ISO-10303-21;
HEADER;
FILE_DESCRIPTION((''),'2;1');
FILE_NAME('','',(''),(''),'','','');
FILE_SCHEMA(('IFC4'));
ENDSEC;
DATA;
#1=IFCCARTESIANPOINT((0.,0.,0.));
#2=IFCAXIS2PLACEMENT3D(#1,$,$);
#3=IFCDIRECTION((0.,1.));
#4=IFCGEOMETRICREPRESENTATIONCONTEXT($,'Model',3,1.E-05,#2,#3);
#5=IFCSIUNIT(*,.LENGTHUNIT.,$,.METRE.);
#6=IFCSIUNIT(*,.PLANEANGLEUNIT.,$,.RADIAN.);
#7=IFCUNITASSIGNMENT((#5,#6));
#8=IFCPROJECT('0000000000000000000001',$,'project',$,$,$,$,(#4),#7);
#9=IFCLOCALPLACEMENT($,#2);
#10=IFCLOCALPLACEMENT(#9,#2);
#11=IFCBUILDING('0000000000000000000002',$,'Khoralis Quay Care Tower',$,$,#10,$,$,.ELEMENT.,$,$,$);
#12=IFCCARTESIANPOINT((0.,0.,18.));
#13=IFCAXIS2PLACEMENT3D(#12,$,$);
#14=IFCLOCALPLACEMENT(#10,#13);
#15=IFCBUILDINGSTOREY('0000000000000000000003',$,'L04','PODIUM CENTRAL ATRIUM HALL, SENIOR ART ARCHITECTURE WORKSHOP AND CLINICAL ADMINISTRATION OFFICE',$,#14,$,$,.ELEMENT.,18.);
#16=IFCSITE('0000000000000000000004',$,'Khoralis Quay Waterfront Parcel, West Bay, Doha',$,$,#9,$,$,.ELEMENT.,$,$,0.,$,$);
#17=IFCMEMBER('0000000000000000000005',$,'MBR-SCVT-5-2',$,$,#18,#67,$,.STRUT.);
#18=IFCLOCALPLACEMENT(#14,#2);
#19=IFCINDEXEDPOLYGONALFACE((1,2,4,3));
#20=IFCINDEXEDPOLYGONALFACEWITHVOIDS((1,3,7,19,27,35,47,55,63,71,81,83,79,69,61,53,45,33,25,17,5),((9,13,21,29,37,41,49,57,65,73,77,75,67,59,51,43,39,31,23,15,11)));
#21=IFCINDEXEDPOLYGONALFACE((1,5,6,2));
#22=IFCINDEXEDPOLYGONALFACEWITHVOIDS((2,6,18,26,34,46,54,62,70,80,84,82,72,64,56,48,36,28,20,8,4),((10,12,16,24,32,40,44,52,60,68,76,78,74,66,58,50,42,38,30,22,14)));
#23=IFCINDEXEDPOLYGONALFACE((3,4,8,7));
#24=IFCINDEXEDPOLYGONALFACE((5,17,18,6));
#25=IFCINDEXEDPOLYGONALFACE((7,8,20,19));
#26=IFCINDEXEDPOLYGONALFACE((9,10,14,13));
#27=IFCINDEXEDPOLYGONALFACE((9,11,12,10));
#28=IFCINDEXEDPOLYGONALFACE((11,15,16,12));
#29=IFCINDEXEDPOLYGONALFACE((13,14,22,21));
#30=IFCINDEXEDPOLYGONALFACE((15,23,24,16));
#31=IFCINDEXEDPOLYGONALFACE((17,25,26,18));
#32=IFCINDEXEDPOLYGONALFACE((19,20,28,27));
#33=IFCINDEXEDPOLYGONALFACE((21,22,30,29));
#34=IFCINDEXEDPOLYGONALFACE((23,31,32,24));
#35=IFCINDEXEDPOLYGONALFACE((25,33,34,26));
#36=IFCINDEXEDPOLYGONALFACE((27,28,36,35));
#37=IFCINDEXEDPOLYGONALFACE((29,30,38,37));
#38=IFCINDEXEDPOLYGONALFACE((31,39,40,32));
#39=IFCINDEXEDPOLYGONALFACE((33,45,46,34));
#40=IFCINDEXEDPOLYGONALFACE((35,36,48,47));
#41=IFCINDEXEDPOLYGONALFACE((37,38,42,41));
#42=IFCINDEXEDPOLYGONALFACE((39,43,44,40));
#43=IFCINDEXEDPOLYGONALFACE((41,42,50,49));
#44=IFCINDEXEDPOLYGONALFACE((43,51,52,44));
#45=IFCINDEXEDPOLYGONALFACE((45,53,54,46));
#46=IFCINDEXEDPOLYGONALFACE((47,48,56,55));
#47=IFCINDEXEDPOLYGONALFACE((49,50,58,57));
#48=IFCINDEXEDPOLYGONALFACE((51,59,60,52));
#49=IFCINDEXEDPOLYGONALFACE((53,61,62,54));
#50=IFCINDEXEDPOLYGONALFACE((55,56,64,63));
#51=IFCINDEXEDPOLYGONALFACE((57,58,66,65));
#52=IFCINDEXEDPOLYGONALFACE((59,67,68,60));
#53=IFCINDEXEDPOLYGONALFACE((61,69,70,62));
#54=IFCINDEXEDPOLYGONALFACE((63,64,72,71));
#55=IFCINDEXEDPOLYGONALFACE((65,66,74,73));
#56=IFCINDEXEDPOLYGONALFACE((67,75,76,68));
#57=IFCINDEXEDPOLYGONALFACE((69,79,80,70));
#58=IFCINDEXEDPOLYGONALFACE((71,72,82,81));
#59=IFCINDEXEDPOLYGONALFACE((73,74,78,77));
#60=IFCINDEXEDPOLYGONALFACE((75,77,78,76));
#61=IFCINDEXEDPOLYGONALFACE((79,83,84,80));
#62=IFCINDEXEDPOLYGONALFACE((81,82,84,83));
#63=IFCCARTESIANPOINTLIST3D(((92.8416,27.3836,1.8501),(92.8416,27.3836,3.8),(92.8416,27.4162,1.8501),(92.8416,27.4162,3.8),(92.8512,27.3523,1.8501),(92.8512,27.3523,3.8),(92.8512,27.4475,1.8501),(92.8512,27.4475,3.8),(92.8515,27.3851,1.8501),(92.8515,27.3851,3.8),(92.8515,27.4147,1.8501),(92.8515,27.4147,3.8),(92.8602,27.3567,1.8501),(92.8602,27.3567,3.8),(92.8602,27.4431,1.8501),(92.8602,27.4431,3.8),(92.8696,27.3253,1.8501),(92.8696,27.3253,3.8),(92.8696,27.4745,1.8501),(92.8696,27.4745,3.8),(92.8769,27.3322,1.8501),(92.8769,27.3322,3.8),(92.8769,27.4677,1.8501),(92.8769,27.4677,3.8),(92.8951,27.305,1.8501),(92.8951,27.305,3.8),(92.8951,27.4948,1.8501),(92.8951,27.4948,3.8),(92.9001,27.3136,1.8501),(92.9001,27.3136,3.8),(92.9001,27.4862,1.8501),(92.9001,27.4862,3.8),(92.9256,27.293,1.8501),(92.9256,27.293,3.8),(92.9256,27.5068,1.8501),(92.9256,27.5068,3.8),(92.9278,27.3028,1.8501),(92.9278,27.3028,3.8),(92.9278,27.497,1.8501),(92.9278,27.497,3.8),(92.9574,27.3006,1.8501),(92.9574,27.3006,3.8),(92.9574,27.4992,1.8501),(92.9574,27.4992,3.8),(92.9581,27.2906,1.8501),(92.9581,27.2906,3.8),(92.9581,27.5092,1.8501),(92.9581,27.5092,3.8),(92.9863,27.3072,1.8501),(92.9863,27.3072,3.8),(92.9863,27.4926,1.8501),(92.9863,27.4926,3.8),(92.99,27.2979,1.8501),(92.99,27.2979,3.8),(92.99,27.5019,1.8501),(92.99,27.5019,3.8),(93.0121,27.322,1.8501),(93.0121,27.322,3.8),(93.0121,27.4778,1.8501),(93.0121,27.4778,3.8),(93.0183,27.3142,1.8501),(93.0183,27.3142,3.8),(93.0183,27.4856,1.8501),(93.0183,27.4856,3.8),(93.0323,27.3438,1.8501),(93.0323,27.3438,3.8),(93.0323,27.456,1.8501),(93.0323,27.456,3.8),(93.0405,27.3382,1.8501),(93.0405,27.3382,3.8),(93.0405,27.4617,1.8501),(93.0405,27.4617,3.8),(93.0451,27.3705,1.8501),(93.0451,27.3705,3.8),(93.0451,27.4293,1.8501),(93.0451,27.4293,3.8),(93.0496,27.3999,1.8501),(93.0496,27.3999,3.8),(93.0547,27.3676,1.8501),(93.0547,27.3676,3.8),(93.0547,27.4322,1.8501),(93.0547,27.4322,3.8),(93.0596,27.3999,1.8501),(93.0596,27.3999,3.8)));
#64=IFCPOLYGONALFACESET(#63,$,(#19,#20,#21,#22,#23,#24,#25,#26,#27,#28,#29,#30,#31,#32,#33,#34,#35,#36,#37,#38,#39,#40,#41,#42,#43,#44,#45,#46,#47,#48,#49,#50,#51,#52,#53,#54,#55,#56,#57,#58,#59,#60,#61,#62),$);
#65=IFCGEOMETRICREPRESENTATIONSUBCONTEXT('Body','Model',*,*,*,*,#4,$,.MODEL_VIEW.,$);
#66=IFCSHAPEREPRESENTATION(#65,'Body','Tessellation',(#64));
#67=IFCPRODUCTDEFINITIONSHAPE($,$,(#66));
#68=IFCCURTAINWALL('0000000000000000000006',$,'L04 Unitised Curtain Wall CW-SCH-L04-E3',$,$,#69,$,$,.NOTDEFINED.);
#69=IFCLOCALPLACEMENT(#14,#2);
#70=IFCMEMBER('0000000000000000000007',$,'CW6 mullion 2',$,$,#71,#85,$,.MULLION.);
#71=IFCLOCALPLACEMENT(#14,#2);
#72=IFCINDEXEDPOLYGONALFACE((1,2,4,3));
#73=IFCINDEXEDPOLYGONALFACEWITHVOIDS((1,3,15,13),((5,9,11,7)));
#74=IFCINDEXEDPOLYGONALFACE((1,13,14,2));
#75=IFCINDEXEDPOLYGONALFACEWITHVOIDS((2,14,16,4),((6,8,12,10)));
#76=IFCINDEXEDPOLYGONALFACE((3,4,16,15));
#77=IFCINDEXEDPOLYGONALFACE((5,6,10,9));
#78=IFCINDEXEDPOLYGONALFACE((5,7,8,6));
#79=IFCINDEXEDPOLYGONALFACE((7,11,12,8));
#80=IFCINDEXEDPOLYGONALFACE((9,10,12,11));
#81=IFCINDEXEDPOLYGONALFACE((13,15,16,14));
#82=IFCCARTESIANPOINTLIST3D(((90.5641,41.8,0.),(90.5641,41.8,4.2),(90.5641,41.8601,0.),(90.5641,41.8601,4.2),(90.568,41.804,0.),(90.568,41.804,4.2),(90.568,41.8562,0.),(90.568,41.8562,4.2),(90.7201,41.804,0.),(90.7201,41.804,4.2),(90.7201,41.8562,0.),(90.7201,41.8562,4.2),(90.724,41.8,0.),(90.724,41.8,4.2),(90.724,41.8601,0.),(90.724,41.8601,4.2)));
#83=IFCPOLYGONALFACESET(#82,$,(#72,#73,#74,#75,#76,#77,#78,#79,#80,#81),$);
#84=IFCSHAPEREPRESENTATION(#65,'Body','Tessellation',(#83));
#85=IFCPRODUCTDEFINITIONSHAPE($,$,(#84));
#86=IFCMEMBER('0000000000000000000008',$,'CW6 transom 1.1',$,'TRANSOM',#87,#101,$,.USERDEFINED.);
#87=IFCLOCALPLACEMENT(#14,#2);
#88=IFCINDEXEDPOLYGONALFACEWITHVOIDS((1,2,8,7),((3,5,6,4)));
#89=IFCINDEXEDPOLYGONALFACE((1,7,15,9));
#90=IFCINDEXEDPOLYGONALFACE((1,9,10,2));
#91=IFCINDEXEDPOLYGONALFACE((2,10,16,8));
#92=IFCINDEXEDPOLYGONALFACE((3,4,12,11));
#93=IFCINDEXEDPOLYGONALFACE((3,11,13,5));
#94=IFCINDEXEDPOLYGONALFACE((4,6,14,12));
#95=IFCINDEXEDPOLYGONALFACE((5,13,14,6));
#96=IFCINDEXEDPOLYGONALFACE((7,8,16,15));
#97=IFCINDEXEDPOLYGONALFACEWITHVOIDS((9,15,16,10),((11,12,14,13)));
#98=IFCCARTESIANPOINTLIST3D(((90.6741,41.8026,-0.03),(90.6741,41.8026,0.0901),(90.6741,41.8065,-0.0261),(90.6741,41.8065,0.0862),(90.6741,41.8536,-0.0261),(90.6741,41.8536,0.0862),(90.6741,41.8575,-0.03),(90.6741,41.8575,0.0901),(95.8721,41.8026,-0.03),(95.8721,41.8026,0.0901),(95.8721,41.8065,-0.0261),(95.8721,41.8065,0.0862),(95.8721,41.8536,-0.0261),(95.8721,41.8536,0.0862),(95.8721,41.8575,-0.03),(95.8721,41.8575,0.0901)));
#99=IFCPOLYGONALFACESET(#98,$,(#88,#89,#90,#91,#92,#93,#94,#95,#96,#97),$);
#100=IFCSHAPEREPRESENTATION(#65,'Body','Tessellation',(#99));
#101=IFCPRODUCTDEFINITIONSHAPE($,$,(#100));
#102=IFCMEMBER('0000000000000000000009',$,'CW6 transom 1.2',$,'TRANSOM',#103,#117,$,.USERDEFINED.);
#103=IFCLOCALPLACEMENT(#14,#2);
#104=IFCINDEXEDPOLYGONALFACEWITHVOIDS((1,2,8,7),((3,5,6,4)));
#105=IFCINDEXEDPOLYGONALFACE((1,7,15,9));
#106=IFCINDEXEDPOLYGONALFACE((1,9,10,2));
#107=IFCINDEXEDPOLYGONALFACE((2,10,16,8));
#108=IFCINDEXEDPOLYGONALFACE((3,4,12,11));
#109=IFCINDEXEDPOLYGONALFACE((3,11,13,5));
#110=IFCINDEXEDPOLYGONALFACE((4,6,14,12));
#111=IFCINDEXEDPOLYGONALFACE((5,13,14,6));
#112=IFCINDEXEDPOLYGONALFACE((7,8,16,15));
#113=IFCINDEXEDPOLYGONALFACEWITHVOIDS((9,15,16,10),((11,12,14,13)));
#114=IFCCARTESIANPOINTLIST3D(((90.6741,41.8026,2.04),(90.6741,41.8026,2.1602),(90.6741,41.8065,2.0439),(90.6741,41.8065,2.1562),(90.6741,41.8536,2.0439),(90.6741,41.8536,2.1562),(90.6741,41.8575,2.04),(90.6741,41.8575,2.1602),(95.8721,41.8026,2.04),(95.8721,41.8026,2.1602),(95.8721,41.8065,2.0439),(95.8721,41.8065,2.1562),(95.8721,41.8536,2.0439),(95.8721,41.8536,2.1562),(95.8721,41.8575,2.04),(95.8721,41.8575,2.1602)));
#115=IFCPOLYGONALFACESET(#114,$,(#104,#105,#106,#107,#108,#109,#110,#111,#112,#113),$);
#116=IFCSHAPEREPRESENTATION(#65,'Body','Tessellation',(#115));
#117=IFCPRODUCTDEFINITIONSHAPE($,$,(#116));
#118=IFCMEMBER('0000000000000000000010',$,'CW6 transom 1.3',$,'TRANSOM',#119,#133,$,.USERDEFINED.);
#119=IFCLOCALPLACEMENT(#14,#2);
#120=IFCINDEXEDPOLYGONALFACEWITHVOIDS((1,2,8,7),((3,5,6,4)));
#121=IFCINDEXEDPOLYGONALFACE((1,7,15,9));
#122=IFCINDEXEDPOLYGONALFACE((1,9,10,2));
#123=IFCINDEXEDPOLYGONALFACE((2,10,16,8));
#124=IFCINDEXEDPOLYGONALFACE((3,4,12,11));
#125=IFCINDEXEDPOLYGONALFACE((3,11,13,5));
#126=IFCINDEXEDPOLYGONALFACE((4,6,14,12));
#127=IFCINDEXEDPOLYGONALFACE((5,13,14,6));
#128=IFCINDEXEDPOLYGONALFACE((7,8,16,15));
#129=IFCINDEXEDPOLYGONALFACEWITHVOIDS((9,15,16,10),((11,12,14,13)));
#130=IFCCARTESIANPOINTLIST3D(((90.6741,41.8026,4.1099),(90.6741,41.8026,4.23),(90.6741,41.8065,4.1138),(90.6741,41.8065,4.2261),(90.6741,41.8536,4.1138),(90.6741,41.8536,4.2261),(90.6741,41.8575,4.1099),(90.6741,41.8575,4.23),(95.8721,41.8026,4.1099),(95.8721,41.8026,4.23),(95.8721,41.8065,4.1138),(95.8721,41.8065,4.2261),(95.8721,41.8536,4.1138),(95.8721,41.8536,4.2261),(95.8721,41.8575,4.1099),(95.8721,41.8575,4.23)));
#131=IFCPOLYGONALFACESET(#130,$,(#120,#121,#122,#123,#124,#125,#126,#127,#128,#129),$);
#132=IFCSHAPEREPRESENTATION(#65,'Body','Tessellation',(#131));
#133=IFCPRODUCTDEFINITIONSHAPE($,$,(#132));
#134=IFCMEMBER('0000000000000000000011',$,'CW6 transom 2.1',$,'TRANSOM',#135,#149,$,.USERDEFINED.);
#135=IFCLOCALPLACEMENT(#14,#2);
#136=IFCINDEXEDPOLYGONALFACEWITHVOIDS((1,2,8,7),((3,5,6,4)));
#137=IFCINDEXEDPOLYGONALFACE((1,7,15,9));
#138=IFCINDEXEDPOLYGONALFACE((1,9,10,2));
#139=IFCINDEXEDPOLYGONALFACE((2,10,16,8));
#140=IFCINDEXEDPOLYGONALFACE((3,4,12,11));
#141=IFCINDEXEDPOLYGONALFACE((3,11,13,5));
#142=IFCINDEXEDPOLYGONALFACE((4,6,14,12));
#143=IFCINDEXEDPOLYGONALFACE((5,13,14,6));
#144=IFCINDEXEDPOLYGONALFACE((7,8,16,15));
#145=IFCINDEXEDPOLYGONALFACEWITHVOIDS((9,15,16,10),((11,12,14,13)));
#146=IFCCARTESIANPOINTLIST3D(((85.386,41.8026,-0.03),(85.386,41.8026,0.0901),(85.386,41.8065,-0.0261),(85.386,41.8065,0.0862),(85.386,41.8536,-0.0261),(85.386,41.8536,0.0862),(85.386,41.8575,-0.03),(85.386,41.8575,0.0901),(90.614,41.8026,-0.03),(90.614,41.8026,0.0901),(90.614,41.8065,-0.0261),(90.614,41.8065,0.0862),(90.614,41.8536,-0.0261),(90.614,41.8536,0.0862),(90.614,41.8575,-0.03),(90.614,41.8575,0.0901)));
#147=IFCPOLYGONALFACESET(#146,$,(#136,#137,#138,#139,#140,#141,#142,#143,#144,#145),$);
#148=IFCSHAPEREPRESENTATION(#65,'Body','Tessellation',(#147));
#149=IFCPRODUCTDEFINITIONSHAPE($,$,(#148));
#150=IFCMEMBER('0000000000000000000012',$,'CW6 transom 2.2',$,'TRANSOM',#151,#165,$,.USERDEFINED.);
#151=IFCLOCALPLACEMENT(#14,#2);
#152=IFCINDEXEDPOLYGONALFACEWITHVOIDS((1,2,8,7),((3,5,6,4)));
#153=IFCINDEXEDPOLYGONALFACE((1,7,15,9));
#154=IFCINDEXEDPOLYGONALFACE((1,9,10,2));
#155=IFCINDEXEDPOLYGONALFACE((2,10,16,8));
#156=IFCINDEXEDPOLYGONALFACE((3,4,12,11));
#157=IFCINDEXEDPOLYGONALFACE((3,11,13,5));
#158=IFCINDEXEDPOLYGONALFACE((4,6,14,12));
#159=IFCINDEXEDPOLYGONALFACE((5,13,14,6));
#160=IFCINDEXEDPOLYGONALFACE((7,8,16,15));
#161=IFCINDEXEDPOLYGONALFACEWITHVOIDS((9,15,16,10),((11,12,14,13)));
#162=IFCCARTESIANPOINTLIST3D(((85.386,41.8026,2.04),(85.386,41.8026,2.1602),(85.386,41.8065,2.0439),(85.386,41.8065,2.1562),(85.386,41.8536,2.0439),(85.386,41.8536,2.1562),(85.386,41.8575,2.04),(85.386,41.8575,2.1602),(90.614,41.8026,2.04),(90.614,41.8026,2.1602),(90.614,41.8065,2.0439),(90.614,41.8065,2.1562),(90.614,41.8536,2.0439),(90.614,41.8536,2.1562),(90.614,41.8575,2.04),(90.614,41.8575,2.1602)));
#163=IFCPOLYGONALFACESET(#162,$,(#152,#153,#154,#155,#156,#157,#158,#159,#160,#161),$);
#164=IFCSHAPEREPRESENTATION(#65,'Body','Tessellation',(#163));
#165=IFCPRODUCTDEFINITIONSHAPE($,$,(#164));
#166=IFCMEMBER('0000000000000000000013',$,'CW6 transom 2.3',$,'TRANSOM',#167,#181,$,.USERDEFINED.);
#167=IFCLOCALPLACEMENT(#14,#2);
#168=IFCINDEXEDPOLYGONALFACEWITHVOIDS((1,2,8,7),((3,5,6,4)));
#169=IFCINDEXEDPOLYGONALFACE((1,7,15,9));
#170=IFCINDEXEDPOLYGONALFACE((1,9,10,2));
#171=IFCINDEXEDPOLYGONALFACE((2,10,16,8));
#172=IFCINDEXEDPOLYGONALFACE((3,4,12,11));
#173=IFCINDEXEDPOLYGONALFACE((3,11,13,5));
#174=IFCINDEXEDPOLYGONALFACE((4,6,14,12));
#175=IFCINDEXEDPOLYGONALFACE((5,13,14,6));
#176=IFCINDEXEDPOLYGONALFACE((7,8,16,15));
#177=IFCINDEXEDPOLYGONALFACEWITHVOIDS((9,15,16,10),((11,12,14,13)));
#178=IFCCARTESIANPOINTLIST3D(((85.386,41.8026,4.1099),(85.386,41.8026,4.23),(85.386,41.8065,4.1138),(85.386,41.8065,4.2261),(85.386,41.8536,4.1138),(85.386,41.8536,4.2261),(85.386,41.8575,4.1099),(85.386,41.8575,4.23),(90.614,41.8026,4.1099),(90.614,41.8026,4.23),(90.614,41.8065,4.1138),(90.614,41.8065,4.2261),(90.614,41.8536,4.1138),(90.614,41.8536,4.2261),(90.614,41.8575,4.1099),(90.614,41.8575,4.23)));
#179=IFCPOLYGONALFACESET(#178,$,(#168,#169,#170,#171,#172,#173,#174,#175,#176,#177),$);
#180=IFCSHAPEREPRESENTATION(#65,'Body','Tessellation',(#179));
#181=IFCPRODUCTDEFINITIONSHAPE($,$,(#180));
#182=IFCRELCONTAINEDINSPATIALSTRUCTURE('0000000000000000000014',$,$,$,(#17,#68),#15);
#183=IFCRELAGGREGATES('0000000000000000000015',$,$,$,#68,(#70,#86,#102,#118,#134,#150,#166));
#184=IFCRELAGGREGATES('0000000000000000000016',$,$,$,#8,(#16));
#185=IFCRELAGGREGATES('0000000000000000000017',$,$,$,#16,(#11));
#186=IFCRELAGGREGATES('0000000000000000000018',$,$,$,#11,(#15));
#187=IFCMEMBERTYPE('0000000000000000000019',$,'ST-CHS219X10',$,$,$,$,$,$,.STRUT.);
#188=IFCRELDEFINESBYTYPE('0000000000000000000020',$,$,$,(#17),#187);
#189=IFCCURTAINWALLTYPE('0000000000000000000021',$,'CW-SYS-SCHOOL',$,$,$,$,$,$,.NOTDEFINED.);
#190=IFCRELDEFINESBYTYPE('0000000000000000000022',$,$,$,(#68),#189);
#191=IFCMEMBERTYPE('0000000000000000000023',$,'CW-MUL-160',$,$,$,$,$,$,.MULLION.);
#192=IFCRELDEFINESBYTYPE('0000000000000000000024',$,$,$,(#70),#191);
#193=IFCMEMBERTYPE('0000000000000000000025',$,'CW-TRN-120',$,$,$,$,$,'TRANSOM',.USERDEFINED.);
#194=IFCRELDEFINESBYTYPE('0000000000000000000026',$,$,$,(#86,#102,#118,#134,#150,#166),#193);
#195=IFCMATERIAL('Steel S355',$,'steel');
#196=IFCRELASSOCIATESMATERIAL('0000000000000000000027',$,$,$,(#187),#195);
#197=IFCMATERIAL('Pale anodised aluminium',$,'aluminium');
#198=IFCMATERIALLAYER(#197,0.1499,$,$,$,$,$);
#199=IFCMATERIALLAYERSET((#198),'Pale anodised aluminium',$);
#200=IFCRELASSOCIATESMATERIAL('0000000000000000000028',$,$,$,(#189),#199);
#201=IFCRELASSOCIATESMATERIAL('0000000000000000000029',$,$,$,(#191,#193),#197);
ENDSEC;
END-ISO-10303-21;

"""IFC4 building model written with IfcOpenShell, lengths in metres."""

from ifc_helpers import new_model, si_unit, direction, frame, origin, origin_2d, place, context, subcontext, project, spatial, hollow_rectangle, hollow_circle, extrude, source, transform, mapped, material, layer, layer_set, material_profile, profile_set, type_object, element, aggregate, save


model = new_model("IFC4")

# Units and contexts
model_context = context("Model", 3, precision=1e-05, world=origin(), true_north=direction((0.0, 1.0)))
body_context = subcontext(model_context, "Body", "Model", "MODEL_VIEW")
ifc_project = project(units=[si_unit("LENGTHUNIT", "METRE"), si_unit("PLANEANGLEUNIT", "RADIAN")], contexts=[model_context])

# Site, building, storey
site_placement = place(None, origin())
site = spatial("IfcSite", under=ifc_project, at=site_placement, Name="Khoralis Quay Waterfront Parcel, West Bay, Doha", CompositionType="ELEMENT", RefElevation=0.0)
building_placement = place(site_placement, origin())
building = spatial("IfcBuilding", under=site, at=building_placement, Name="Khoralis Quay Care Tower", CompositionType="ELEMENT")
storey_placement = place(building_placement, frame((0.0, 0.0, 18.0)))
storey = spatial("IfcBuildingStorey", under=building, at=storey_placement, Name="L04", Description="PODIUM CENTRAL ATRIUM HALL, SENIOR ART ARCHITECTURE WORKSHOP AND CLINICAL ADMINISTRATION OFFICE", CompositionType="ELEMENT", Elevation=18.0)

# Member
ifc_material_1 = material(Name="Steel S355", Category="steel")
ifc_material_profile_1 = material_profile(ifc_material_1, hollow_circle(Radius=0.1096, WallThickness=0.01, at=origin_2d()), Name="Steel S355")
ifc_profile_set_1 = profile_set([ifc_material_profile_1], Name="Steel S355")
member_type_1 = type_object("IfcMemberType", Name="ST-CHS219X10", PredefinedType="STRUT", material=ifc_profile_set_1)
shared_shape_1 = source(origin(), body_context, "Body", "SweptSolid", [
    extrude(hollow_circle(Radius=0.1096, WallThickness=0.01, at=origin_2d()), origin(), (0.0, 0.0, 1.0), 1.95),
])
member_1_placement = place(storey_placement, frame((92.95, 27.3999, 1.8501), z_axis=(0.0, 0.0, 1.0), x_axis=(1.0, 0.0, 0.0)))
element("IfcMember", 1, at=member_1_placement, inside=storey, type_object=member_type_1, Name="MBR-SCVT-5-2", PredefinedType="STRUT", context=body_context, shape_type="MappedRepresentation", body=[
    mapped(shared_shape_1, transform((0.0, 0.0, 0.0), scale=1.0)),
])

# Curtain wall, members
ifc_material_2 = material(Name="Pale anodised aluminium", Category="aluminium")
ifc_layer_1 = layer(ifc_material_2, 0.1499)
ifc_layer_set_1 = layer_set([ifc_layer_1], Name="Pale anodised aluminium")
curtain_wall_type = type_object("IfcCurtainWallType", Name="CW-SYS-SCHOOL", PredefinedType="NOTDEFINED", material=ifc_layer_set_1)
curtain_wall_placement = place(storey_placement, origin())
curtain_wall = element("IfcCurtainWall", 2, at=curtain_wall_placement, inside=storey, type_object=curtain_wall_type, Name="L04 Unitised Curtain Wall CW-SCH-L04-E3", PredefinedType="NOTDEFINED")
ifc_material_profile_2 = material_profile(ifc_material_2, hollow_rectangle(XDim=0.0601, YDim=0.1599, WallThickness=0.0039, at=origin_2d()), Name="Pale anodised aluminium")
ifc_profile_set_2 = profile_set([ifc_material_profile_2], Name="Pale anodised aluminium")
member_type_2 = type_object("IfcMemberType", Name="CW-MUL-160", PredefinedType="MULLION", material=ifc_profile_set_2)
shared_shape_2 = source(origin(), body_context, "Body", "SweptSolid", [
    extrude(hollow_rectangle(XDim=0.0601, YDim=0.1599, WallThickness=0.0039, at=origin_2d()), origin(), (0.0, 0.0, 1.0), 4.2),
])
member_2_placement = place(storey_placement, frame((90.644, 41.8301, 0.0), z_axis=(0.0, 0.0, 1.0), x_axis=(0.0, -1.0, 0.0)))
member_2 = element("IfcMember", 3, at=member_2_placement, type_object=member_type_2, Name="CW6 mullion 2", PredefinedType="MULLION", context=body_context, shape_type="MappedRepresentation", body=[
    mapped(shared_shape_2, transform((0.0, 0.0, 0.0), scale=1.0)),
])
ifc_material_profile_3 = material_profile(ifc_material_2, hollow_rectangle(XDim=0.0549, YDim=0.1201, WallThickness=0.0039, at=origin_2d()), Name="Pale anodised aluminium")
ifc_profile_set_3 = profile_set([ifc_material_profile_3], Name="Pale anodised aluminium")
member_type_3 = type_object("IfcMemberType", Name="CW-TRN-120", ElementType="TRANSOM", PredefinedType="USERDEFINED", material=ifc_profile_set_3)
shared_shape_3 = source(origin(), body_context, "Body", "SweptSolid", [
    extrude(hollow_rectangle(XDim=0.0549, YDim=0.1201, WallThickness=0.0039, at=origin_2d()), origin(), (0.0, 0.0, 1.0), 5.198),
])
member_3_placement = place(storey_placement, frame((95.8721, 41.8301, 0.03), z_axis=(-1.0, 0.0, 0.0), x_axis=(0.0, -1.0, 0.0)))
member_3 = element("IfcMember", 4, at=member_3_placement, type_object=member_type_3, Name="CW6 transom 1.1", ObjectType="TRANSOM", PredefinedType="USERDEFINED", context=body_context, shape_type="MappedRepresentation", body=[
    mapped(shared_shape_3, transform((0.0, 0.0, 0.0), scale=1.0)),
])
member_4_placement = place(storey_placement, frame((95.8721, 41.8301, 2.1001), z_axis=(-1.0, 0.0, 0.0), x_axis=(0.0, -1.0, 0.0)))
member_4 = element("IfcMember", 5, at=member_4_placement, type_object=member_type_3, Name="CW6 transom 1.2", ObjectType="TRANSOM", PredefinedType="USERDEFINED", context=body_context, shape_type="MappedRepresentation", body=[
    mapped(shared_shape_3, transform((0.0, 0.0, 0.0), scale=1.0)),
])
member_5_placement = place(storey_placement, frame((95.8721, 41.8301, 4.1699), z_axis=(-1.0, 0.0, 0.0), x_axis=(0.0, -1.0, 0.0)))
member_5 = element("IfcMember", 6, at=member_5_placement, type_object=member_type_3, Name="CW6 transom 1.3", ObjectType="TRANSOM", PredefinedType="USERDEFINED", context=body_context, shape_type="MappedRepresentation", body=[
    mapped(shared_shape_3, transform((0.0, 0.0, 0.0), scale=1.0)),
])
shared_shape_4 = source(origin(), body_context, "Body", "SweptSolid", [
    extrude(hollow_rectangle(XDim=0.0549, YDim=0.1201, WallThickness=0.0039, at=origin_2d()), origin(), (0.0, 0.0, 1.0), 5.228),
])
member_6_placement = place(storey_placement, frame((90.614, 41.8301, 0.03), z_axis=(-1.0, 0.0, 0.0), x_axis=(0.0, -1.0, 0.0)))
member_6 = element("IfcMember", 7, at=member_6_placement, type_object=member_type_3, Name="CW6 transom 2.1", ObjectType="TRANSOM", PredefinedType="USERDEFINED", context=body_context, shape_type="MappedRepresentation", body=[
    mapped(shared_shape_4, transform((0.0, 0.0, 0.0), scale=1.0)),
])
member_7_placement = place(storey_placement, frame((90.614, 41.8301, 2.1001), z_axis=(-1.0, 0.0, 0.0), x_axis=(0.0, -1.0, 0.0)))
member_7 = element("IfcMember", 8, at=member_7_placement, type_object=member_type_3, Name="CW6 transom 2.2", ObjectType="TRANSOM", PredefinedType="USERDEFINED", context=body_context, shape_type="MappedRepresentation", body=[
    mapped(shared_shape_4, transform((0.0, 0.0, 0.0), scale=1.0)),
])
member_8_placement = place(storey_placement, frame((90.614, 41.8301, 4.1699), z_axis=(-1.0, 0.0, 0.0), x_axis=(0.0, -1.0, 0.0)))
member_8 = element("IfcMember", 9, at=member_8_placement, type_object=member_type_3, Name="CW6 transom 2.3", ObjectType="TRANSOM", PredefinedType="USERDEFINED", context=body_context, shape_type="MappedRepresentation", body=[
    mapped(shared_shape_4, transform((0.0, 0.0, 0.0), scale=1.0)),
])

aggregate(curtain_wall, [member_2, member_3, member_4, member_5, member_6, member_7, member_8])

save(model, "model.ifc")
